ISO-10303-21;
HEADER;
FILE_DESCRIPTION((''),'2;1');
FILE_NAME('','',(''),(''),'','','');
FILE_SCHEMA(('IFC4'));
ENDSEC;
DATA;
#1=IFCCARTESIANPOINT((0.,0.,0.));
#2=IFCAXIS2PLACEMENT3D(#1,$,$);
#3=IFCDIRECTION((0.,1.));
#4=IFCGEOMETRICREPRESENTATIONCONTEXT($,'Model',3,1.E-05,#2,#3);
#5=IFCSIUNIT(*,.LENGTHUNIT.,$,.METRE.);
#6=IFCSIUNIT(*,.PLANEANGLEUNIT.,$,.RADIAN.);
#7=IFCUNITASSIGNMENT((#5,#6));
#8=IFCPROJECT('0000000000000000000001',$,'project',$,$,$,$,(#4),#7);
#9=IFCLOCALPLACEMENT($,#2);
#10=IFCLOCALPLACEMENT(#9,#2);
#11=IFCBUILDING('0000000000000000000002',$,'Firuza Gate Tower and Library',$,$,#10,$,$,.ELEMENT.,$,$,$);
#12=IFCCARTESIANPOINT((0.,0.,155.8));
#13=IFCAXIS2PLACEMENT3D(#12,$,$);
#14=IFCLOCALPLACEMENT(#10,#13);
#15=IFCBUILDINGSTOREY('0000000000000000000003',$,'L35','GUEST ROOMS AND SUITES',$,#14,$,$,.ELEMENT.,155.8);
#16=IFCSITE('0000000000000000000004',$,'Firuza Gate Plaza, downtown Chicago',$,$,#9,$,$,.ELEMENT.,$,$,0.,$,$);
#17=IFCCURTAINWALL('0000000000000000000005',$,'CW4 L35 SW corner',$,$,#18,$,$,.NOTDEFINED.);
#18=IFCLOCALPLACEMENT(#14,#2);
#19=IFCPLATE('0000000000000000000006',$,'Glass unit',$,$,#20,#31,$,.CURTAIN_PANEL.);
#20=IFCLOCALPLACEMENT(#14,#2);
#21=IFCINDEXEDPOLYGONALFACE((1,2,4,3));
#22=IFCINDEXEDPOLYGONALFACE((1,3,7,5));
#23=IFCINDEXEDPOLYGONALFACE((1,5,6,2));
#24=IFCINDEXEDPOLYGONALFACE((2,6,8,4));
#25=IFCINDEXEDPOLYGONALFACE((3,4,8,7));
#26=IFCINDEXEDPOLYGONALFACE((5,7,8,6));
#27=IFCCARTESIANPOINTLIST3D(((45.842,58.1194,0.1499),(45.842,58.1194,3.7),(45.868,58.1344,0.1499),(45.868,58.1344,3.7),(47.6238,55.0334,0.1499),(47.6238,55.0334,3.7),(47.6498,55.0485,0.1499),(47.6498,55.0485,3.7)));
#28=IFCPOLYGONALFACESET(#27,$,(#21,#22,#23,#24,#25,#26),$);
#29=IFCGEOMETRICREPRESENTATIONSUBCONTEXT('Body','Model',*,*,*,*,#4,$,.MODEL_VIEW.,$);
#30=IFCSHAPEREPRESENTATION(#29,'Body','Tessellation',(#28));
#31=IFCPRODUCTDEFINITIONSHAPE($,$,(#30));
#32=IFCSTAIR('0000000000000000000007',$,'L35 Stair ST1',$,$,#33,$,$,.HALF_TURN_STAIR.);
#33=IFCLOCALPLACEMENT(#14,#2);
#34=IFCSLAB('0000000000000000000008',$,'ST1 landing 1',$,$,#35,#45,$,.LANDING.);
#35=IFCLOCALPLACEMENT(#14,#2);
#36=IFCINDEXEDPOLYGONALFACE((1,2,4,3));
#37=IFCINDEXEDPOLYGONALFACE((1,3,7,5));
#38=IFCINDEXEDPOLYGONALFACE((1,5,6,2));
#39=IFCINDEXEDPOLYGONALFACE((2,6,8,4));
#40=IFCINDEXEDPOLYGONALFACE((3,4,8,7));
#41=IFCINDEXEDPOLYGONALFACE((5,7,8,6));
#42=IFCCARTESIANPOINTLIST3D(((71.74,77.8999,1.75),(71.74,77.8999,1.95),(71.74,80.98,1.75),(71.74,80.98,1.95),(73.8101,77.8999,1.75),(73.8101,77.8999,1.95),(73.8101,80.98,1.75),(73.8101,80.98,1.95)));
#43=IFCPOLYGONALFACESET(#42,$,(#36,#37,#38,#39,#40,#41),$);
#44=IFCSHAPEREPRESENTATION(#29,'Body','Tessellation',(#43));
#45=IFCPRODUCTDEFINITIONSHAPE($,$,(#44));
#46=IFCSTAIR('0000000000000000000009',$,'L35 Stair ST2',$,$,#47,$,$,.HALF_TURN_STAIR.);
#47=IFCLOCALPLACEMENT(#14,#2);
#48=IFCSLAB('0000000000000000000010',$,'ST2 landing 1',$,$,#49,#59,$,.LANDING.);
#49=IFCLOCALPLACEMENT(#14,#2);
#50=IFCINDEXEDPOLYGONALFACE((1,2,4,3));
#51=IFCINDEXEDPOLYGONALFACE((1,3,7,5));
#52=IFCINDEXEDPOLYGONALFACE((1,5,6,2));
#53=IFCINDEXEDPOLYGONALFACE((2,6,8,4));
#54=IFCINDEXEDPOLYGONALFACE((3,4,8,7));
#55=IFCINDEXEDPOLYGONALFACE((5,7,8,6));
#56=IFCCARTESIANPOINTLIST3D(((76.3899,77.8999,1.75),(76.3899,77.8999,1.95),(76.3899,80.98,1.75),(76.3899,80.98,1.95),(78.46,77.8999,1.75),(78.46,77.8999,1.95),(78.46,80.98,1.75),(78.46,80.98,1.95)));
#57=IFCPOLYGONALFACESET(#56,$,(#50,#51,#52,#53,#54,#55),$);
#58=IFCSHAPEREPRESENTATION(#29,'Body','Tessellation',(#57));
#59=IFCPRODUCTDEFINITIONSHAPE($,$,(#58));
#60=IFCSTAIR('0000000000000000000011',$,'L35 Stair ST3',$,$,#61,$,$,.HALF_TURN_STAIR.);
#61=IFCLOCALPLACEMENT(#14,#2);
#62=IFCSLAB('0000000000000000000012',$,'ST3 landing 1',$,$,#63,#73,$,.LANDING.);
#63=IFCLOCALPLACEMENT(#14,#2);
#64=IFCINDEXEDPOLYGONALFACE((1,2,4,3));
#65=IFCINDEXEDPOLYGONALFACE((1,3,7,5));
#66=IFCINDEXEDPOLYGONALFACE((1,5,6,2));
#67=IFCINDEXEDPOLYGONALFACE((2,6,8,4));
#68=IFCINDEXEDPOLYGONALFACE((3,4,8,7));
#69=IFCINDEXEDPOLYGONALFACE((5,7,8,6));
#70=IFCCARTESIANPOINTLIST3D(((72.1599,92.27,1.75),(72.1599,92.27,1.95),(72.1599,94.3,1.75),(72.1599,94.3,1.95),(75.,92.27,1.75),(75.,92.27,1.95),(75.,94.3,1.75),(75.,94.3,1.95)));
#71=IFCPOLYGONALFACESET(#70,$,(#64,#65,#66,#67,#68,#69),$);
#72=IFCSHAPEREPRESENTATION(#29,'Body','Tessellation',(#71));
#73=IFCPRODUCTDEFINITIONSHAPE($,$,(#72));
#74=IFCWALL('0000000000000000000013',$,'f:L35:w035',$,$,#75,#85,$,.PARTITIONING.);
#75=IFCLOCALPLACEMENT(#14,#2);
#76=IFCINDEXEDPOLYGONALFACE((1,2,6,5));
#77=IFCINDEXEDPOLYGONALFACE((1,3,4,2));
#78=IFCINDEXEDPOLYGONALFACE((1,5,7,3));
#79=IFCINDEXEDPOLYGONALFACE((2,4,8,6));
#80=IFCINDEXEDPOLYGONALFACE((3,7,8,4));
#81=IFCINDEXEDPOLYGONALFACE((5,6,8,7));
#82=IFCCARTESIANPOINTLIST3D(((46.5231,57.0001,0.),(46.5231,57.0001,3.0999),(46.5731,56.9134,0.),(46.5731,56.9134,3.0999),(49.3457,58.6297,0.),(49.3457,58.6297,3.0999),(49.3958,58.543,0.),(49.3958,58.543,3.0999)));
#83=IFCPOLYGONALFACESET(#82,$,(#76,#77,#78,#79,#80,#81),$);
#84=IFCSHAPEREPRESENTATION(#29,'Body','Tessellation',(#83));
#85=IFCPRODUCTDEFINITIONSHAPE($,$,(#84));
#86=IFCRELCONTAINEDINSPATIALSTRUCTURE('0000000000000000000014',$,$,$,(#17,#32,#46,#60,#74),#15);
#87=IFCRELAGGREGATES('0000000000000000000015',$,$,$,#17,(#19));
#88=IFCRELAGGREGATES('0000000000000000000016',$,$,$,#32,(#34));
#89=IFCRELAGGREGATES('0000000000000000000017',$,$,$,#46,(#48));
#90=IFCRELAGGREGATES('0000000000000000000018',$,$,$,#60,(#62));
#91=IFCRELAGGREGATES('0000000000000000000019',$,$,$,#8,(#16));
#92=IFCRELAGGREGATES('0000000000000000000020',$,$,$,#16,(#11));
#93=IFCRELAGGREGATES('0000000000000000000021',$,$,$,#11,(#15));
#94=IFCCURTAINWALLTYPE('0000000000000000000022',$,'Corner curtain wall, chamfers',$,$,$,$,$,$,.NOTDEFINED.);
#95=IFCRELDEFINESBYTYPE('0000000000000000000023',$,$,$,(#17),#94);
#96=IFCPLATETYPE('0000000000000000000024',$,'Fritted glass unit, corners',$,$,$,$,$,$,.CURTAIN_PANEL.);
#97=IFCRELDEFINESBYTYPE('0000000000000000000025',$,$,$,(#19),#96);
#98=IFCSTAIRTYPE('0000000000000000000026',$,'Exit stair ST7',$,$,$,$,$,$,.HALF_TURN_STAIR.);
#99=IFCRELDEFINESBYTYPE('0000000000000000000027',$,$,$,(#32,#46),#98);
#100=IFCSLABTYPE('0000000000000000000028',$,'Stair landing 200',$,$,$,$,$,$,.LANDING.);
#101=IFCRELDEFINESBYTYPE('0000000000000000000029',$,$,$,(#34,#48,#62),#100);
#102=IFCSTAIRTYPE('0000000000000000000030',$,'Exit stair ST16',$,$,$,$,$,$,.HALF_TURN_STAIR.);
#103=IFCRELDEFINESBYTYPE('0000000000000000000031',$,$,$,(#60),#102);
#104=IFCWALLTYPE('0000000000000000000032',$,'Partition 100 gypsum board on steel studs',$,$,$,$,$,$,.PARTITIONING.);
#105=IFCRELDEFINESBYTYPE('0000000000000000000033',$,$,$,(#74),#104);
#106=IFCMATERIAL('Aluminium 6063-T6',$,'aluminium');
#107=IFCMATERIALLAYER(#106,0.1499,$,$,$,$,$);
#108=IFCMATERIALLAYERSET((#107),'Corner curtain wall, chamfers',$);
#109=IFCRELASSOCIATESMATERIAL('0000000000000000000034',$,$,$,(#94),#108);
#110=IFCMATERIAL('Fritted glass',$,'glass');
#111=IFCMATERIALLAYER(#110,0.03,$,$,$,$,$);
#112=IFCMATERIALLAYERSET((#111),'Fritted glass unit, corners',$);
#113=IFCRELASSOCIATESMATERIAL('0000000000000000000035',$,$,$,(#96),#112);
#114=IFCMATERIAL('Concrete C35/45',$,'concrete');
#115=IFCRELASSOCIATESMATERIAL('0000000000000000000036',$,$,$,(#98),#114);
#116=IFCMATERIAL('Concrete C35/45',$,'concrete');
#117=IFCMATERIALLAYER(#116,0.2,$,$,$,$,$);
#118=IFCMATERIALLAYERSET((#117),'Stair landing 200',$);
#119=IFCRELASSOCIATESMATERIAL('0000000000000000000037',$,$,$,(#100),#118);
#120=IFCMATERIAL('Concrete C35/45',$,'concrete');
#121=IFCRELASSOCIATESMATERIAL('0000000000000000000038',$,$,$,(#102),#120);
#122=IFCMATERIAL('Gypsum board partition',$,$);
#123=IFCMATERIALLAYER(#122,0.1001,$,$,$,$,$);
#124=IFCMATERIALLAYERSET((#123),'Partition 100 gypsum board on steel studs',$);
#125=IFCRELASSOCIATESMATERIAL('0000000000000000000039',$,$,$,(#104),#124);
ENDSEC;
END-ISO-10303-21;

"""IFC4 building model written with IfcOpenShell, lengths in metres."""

from ifc_helpers import new_model, si_unit, direction, frame, frame_2d, origin, place, context, subcontext, project, spatial, polyline, rectangle, outline, extrude, material, layer, layer_set, type_object, element, aggregate, save


model = new_model("IFC4")

# Units and contexts
model_context = context("Model", 3, precision=1e-05, world=origin(), true_north=direction((0.0, 1.0)))
body_context = subcontext(model_context, "Body", "Model", "MODEL_VIEW")
ifc_project = project(units=[si_unit("LENGTHUNIT", "METRE"), si_unit("PLANEANGLEUNIT", "RADIAN")], contexts=[model_context])

# Site, building, storey
site_placement = place(None, origin())
site = spatial("IfcSite", under=ifc_project, at=site_placement, Name="Firuza Gate Plaza, downtown Chicago", CompositionType="ELEMENT", RefElevation=0.0)
building_placement = place(site_placement, origin())
building = spatial("IfcBuilding", under=site, at=building_placement, Name="Firuza Gate Tower and Library", CompositionType="ELEMENT")
storey_placement = place(building_placement, frame((0.0, 0.0, 155.8)))
storey = spatial("IfcBuildingStorey", under=building, at=storey_placement, Name="L35", Description="GUEST ROOMS AND SUITES", CompositionType="ELEMENT", Elevation=155.8)

# Curtain wall
ifc_material_1 = material(Name="Aluminium 6063-T6", Category="aluminium")
ifc_layer_1 = layer(ifc_material_1, 0.1499)
ifc_layer_set_1 = layer_set([ifc_layer_1], Name="Corner curtain wall, chamfers")
curtain_wall_type = type_object("IfcCurtainWallType", Name="Corner curtain wall, chamfers", PredefinedType="NOTDEFINED", material=ifc_layer_set_1)
placement_1 = place(storey_placement, origin())
curtain_wall = element("IfcCurtainWall", 1, at=placement_1, inside=storey, type_object=curtain_wall_type, Name="CW4 L35 SW corner", PredefinedType="NOTDEFINED")

# Plate
ifc_material_2 = material(Name="Fritted glass", Category="glass")
ifc_layer_2 = layer(ifc_material_2, 0.03)
ifc_layer_set_2 = layer_set([ifc_layer_2], Name="Fritted glass unit, corners")
plate_type_1 = type_object("IfcPlateType", Name="Fritted glass unit, corners", PredefinedType="CURTAIN_PANEL", material=ifc_layer_set_2)
plate_1_placement = place(storey_placement, frame((45.842, 58.1194, 0.1499), z_axis=(-0.866017, -0.500015, 0.0), x_axis=(0.500015, -0.866017, 0.0)))
plate_1 = element("IfcPlate", 2, at=plate_1_placement, type_object=plate_type_1, Name="Glass unit", PredefinedType="CURTAIN_PANEL", context=body_context, shape_type="SweptSolid", body=[
    extrude(outline(polyline([(0.0, 0.0), (3.5634, 0.0), (3.5634, 3.55), (0.0, 3.55), (0.0, 0.0)])), origin(), (0.0, 0.0, -1.0), 0.03),
])
aggregate(curtain_wall, [plate_1])

# Stairs, slabs
ifc_material_3 = material(Name="Concrete C35/45", Category="concrete")
stair_type_1 = type_object("IfcStairType", Name="Exit stair ST7", PredefinedType="HALF_TURN_STAIR", material=ifc_material_3)
stair_1 = element("IfcStair", 3, at=placement_1, inside=storey, type_object=stair_type_1, Name="L35 Stair ST1", PredefinedType="HALF_TURN_STAIR")
ifc_material_4 = material(Name="Concrete C35/45", Category="concrete")
ifc_layer_3 = layer(ifc_material_4, 0.2)
ifc_layer_set_3 = layer_set([ifc_layer_3], Name="Stair landing 200")
slab_type_1 = type_object("IfcSlabType", Name="Stair landing 200", PredefinedType="LANDING", material=ifc_layer_set_3)
placement_2 = place(storey_placement, frame((0.0, 0.0, 1.75)))
slab_1 = element("IfcSlab", 4, at=placement_2, type_object=slab_type_1, Name="ST1 landing 1", PredefinedType="LANDING", context=body_context, shape_type="SweptSolid", body=[
    extrude(outline(polyline([(71.74, 77.8999), (73.8101, 77.8999), (73.8101, 80.98), (71.74, 80.98), (71.74, 77.8999)])), origin(), (0.0, 0.0, 1.0), 0.2),
])
aggregate(stair_1, [slab_1])
stair_2 = element("IfcStair", 5, at=placement_1, inside=storey, type_object=stair_type_1, Name="L35 Stair ST2", PredefinedType="HALF_TURN_STAIR")
slab_2 = element("IfcSlab", 6, at=placement_2, type_object=slab_type_1, Name="ST2 landing 1", PredefinedType="LANDING", context=body_context, shape_type="SweptSolid", body=[
    extrude(outline(polyline([(78.46, 80.98), (76.3899, 80.98), (76.3899, 77.8999), (78.46, 77.8999), (78.46, 80.98)])), origin(), (0.0, 0.0, 1.0), 0.2),
])
aggregate(stair_2, [slab_2])
ifc_material_5 = material(Name="Concrete C35/45", Category="concrete")
stair_type_2 = type_object("IfcStairType", Name="Exit stair ST16", PredefinedType="HALF_TURN_STAIR", material=ifc_material_5)
stair_3 = element("IfcStair", 7, at=placement_1, inside=storey, type_object=stair_type_2, Name="L35 Stair ST3", PredefinedType="HALF_TURN_STAIR")
slab_3 = element("IfcSlab", 8, at=placement_2, type_object=slab_type_1, Name="ST3 landing 1", PredefinedType="LANDING", context=body_context, shape_type="SweptSolid", body=[
    extrude(outline(polyline([(75.0, 92.27), (75.0, 94.3), (72.1599, 94.3), (72.1599, 92.27), (75.0, 92.27)])), origin(), (0.0, 0.0, 1.0), 0.2),
])
aggregate(stair_3, [slab_3])

# Wall
ifc_material_6 = material(Name="Gypsum board partition")
ifc_layer_4 = layer(ifc_material_6, 0.1001)
ifc_layer_set_4 = layer_set([ifc_layer_4], Name="Partition 100 gypsum board on steel studs")
wall_type = type_object("IfcWallType", Name="Partition 100 gypsum board on steel studs", PredefinedType="PARTITIONING", material=ifc_layer_set_4)
wall_placement = place(storey_placement, frame((46.5481, 56.9568, 0.0), z_axis=(0.0, 0.0, 1.0), x_axis=(0.866036, 0.499982, 0.0)))
element("IfcWall", 9, at=wall_placement, inside=storey, type_object=wall_type, Name="f:L35:w035", PredefinedType="PARTITIONING", context=body_context, shape_type="SweptSolid", body=[
    extrude(rectangle(XDim=3.2593, YDim=0.1001, at=frame_2d((1.6296, 0.0))), origin(), (0.0, 0.0, 1.0), 3.0999),
])

save(model, "model.ifc")
